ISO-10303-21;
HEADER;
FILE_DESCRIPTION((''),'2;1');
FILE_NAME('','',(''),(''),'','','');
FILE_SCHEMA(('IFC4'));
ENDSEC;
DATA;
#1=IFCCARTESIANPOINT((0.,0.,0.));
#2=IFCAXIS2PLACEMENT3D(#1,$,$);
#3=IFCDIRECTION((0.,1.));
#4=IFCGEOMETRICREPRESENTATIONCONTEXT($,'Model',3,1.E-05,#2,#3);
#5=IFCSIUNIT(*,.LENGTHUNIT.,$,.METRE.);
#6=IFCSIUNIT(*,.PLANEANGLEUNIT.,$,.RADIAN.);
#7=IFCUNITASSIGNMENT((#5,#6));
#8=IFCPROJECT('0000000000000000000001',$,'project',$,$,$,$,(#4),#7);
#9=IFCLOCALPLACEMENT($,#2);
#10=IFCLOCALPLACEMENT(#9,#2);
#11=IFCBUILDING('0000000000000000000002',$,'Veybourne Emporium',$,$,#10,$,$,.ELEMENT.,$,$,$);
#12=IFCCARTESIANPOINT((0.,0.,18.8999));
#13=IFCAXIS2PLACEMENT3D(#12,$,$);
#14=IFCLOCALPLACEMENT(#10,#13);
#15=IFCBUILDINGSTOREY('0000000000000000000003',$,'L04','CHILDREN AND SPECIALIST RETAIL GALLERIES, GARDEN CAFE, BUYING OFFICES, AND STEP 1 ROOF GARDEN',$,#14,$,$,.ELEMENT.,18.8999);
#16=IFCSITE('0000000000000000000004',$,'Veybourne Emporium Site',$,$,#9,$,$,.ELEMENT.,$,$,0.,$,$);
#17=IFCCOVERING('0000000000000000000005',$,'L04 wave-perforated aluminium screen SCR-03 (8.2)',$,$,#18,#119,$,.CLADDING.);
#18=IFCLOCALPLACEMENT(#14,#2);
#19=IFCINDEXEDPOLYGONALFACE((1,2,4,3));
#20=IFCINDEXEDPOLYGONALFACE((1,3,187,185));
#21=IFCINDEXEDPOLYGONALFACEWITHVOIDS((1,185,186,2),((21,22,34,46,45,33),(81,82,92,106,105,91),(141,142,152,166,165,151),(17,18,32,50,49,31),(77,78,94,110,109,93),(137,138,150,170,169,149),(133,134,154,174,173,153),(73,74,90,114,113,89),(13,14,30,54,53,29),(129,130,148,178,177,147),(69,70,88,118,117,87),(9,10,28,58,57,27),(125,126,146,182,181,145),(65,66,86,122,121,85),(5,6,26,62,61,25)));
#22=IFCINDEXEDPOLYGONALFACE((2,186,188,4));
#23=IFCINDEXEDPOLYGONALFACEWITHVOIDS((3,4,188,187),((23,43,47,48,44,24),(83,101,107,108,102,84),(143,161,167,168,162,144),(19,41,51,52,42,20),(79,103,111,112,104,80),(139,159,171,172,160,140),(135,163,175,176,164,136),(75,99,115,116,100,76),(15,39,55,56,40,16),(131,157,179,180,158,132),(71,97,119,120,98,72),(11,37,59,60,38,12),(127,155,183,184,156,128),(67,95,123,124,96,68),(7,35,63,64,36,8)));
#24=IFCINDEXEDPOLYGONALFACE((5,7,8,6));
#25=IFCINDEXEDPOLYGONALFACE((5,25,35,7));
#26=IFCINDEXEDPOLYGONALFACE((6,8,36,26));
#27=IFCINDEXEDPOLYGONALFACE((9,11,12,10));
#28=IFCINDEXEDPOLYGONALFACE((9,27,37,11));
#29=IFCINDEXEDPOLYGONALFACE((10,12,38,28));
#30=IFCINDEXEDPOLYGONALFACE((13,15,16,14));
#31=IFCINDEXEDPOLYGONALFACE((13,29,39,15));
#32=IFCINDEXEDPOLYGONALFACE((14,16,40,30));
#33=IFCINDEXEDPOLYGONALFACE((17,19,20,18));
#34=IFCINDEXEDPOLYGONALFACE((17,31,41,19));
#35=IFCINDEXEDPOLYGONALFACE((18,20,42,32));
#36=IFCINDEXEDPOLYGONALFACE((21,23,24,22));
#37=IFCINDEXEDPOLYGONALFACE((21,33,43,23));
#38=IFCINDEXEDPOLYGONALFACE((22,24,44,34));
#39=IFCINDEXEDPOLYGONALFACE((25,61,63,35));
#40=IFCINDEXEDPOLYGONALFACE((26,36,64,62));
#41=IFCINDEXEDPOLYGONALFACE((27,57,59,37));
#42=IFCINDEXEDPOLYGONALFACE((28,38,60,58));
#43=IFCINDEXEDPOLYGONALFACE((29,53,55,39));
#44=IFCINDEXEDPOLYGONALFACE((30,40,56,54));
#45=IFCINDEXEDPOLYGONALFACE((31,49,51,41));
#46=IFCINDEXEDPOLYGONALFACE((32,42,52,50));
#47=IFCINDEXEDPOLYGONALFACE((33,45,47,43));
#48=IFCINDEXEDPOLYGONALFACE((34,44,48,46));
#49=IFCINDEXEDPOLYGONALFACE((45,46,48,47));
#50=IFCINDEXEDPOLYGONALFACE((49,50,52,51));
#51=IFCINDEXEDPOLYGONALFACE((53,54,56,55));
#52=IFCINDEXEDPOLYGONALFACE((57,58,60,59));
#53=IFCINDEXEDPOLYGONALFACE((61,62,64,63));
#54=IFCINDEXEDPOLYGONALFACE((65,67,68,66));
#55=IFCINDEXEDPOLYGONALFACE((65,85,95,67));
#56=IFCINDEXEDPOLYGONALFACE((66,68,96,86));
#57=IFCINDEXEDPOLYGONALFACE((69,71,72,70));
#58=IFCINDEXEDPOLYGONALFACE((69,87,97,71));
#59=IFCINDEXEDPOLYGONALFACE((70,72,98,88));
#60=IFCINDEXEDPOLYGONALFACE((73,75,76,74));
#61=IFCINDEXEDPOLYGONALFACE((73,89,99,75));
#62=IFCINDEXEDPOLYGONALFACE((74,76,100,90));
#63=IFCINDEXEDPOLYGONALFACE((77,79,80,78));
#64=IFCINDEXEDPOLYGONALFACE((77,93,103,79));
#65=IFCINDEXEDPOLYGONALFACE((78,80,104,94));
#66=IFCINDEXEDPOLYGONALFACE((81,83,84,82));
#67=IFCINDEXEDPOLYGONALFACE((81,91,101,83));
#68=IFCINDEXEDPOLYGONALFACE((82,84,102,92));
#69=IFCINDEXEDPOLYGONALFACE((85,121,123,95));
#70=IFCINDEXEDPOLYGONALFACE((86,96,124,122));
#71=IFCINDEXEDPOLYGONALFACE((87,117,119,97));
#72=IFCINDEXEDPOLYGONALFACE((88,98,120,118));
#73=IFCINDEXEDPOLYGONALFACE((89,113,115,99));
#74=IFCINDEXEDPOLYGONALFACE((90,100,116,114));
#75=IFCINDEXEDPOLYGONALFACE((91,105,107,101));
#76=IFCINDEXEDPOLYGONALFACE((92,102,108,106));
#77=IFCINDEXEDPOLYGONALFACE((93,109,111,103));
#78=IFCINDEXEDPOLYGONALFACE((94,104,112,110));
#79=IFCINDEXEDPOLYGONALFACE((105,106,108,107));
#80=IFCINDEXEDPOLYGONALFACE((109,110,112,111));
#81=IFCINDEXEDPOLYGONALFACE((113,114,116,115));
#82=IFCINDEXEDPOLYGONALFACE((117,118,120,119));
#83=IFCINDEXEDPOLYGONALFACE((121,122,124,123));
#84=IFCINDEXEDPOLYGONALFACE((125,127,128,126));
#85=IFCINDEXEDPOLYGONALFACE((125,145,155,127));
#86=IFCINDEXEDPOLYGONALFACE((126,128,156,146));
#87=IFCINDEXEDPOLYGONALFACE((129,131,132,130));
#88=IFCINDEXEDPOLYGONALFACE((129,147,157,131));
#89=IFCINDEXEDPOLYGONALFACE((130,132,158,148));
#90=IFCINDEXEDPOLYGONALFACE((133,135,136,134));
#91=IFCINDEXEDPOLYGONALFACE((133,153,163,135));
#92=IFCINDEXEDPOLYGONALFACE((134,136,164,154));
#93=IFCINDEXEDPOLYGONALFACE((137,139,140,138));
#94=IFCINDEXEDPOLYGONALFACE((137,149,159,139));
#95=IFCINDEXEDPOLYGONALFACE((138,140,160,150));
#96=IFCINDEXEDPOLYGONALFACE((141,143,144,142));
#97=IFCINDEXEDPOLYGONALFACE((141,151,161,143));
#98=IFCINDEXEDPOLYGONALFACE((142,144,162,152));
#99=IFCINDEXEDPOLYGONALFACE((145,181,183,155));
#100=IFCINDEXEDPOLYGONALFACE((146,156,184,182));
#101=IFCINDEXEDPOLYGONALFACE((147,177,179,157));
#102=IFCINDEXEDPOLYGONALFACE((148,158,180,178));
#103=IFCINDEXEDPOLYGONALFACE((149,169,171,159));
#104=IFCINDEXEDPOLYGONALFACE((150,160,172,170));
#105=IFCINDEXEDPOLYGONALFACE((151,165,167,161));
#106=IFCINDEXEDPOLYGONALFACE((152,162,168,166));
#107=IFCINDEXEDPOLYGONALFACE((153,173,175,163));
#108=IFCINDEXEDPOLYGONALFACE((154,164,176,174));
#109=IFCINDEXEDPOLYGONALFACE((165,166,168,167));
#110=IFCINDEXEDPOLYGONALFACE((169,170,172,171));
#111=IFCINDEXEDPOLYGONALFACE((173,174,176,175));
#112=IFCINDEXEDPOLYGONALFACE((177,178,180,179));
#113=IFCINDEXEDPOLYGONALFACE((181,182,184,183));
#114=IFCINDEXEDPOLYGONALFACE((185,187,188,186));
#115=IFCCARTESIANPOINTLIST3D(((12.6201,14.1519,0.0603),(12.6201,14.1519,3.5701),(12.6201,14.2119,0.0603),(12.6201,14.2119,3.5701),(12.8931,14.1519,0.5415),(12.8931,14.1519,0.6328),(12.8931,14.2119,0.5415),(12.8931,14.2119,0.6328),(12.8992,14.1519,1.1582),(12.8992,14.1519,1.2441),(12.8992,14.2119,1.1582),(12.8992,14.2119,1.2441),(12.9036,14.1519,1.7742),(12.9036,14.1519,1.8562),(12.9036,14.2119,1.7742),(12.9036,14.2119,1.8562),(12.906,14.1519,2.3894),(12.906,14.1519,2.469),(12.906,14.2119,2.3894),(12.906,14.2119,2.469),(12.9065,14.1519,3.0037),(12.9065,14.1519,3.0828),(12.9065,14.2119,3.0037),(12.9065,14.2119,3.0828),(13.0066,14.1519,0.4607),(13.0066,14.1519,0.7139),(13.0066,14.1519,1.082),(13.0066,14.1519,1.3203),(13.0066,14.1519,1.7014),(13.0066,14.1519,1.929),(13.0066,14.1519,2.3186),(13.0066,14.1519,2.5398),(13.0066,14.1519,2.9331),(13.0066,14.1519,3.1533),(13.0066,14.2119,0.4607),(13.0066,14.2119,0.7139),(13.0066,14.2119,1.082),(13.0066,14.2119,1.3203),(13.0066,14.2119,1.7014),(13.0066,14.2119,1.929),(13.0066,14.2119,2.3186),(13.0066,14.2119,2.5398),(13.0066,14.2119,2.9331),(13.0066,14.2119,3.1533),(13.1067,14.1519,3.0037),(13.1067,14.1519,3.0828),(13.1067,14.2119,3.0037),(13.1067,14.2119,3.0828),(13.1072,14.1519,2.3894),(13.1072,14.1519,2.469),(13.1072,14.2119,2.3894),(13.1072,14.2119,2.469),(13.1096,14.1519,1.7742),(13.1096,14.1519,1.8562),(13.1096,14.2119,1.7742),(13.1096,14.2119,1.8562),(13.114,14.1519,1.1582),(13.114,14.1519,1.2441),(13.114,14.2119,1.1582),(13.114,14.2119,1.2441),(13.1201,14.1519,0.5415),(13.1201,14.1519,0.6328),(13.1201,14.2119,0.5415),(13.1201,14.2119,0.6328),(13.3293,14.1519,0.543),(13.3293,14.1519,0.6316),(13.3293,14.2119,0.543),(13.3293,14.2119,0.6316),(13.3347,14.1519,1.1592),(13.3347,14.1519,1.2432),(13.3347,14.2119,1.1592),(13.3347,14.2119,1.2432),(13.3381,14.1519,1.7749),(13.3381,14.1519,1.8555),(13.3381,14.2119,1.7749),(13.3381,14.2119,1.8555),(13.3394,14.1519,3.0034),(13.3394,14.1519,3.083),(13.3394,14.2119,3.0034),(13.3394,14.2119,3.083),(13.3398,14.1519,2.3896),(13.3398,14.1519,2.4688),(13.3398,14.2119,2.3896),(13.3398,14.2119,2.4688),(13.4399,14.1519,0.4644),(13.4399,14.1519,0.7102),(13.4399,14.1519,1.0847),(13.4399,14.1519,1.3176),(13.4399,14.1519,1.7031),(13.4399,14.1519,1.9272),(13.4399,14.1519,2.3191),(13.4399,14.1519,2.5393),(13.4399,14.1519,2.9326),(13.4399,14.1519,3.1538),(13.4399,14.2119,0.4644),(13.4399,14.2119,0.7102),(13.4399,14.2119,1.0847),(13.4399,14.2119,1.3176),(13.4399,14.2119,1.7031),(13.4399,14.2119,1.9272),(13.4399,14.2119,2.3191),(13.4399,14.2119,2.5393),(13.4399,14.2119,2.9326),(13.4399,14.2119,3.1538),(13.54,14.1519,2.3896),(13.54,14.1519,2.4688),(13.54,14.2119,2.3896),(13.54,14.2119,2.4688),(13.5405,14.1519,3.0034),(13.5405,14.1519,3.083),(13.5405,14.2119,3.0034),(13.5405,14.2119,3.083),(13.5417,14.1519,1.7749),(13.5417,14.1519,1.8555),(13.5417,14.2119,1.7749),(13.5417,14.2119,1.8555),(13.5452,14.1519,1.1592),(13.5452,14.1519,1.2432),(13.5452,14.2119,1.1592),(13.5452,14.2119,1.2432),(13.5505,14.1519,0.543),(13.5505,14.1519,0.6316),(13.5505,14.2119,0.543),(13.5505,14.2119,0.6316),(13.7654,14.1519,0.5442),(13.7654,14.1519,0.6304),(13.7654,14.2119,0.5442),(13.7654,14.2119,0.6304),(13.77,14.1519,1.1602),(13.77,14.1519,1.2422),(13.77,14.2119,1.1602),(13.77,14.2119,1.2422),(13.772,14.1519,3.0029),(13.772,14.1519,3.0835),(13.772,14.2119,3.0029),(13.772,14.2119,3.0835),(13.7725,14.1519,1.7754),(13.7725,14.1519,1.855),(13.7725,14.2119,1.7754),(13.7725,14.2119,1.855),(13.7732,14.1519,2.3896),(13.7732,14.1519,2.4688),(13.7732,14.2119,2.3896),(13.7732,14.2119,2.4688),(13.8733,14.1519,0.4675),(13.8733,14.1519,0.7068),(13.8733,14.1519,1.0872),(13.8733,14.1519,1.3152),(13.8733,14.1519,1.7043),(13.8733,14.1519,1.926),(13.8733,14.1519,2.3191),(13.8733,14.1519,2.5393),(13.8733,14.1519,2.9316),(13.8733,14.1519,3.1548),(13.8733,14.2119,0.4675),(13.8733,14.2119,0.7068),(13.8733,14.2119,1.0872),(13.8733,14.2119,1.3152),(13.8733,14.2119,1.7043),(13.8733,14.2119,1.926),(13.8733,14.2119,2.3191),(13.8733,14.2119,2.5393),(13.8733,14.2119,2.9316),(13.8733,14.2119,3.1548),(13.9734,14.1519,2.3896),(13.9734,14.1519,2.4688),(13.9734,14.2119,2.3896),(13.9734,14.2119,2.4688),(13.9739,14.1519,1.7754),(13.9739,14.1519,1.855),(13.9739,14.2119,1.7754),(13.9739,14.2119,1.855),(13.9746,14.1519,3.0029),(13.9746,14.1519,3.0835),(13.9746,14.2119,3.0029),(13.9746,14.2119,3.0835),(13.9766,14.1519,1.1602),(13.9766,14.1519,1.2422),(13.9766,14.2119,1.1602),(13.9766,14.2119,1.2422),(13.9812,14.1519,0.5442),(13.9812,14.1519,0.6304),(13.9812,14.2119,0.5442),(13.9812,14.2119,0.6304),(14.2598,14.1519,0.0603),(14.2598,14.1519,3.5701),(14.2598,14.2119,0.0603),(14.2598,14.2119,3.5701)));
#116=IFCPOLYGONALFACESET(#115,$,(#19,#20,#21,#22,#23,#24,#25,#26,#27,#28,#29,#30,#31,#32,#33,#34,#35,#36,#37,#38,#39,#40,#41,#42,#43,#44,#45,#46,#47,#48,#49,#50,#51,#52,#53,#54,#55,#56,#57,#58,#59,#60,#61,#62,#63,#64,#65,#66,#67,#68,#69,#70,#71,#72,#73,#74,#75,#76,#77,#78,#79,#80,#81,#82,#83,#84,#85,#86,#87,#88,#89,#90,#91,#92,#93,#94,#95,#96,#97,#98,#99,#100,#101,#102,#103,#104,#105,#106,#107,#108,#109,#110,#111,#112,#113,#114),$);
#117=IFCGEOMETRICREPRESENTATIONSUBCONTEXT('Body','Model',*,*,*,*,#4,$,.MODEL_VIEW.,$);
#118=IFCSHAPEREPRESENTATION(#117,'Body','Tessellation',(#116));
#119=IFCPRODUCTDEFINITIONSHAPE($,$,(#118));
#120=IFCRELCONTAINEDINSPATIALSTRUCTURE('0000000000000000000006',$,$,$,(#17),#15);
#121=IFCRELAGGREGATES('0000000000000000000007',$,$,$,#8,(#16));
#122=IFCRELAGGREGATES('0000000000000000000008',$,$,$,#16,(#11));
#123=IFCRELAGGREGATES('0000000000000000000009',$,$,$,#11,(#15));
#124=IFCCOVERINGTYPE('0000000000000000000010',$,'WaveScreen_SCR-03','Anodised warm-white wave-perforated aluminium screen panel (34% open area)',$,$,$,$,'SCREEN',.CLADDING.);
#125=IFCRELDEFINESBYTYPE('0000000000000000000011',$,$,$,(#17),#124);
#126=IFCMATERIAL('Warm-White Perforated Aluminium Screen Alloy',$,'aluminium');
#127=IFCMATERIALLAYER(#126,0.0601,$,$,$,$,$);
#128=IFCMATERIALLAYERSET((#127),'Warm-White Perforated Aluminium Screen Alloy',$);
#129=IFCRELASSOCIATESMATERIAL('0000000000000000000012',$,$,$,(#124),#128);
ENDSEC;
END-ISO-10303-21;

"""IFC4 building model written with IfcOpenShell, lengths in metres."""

from ifc_helpers import new_model, si_unit, direction, frame, origin, place, context, subcontext, project, spatial, polyline, outline, extrude, material, layer, layer_set, type_object, element, save


model = new_model("IFC4")

# Units and contexts
model_context = context("Model", 3, precision=1e-05, world=origin(), true_north=direction((0.0, 1.0)))
body_context = subcontext(model_context, "Body", "Model", "MODEL_VIEW")
ifc_project = project(units=[si_unit("LENGTHUNIT", "METRE"), si_unit("PLANEANGLEUNIT", "RADIAN")], contexts=[model_context])

# Site, building, storey
site_placement = place(None, origin())
site = spatial("IfcSite", under=ifc_project, at=site_placement, Name="Veybourne Emporium Site", CompositionType="ELEMENT", RefElevation=0.0)
building_placement = place(site_placement, origin())
building = spatial("IfcBuilding", under=site, at=building_placement, Name="Veybourne Emporium", CompositionType="ELEMENT")
storey_placement = place(building_placement, frame((0.0, 0.0, 18.8999)))
storey = spatial("IfcBuildingStorey", under=building, at=storey_placement, Name="L04", Description="CHILDREN AND SPECIALIST RETAIL GALLERIES, GARDEN CAFE, BUYING OFFICES, AND STEP 1 ROOF GARDEN", CompositionType="ELEMENT", Elevation=18.8999)

# Covering
ifc_material_1 = material(Name="Warm-White Perforated Aluminium Screen Alloy", Category="aluminium")
ifc_layer_1 = layer(ifc_material_1, 0.0601)
ifc_layer_set_1 = layer_set([ifc_layer_1], Name="Warm-White Perforated Aluminium Screen Alloy")
covering_type_1 = type_object("IfcCoveringType", Name="WaveScreen_SCR-03", Description="Anodised warm-white wave-perforated aluminium screen panel (34% open area)", ElementType="SCREEN", PredefinedType="CLADDING", material=ifc_layer_set_1)
covering_1_placement = place(storey_placement, frame((13.4399, 14.1519, 1.8152), z_axis=(0.0, 1.0, 0.0), x_axis=(-1.0, 0.0, 0.0)))
element("IfcCovering", 1, at=covering_1_placement, inside=storey, type_object=covering_type_1, Name="L04 wave-perforated aluminium screen SCR-03 (8.2)", PredefinedType="CLADDING", context=body_context, shape_type="SweptSolid", body=[
    extrude(outline(polyline([(-0.8198, -1.7549), (0.8198, -1.7549), (0.8198, 1.7549), (-0.8198, 1.7549), (-0.8198, -1.7549)]), holes=[polyline([(-0.4333, -1.1084), (-0.3254, -1.1848), (-0.3254, -1.271), (-0.4333, -1.3477), (-0.5413, -1.271), (-0.5413, -1.1848), (-0.4333, -1.1084)]), polyline([(-0.4333, -0.5), (-0.3301, -0.573), (-0.3301, -0.655), (-0.4333, -0.728), (-0.5366, -0.655), (-0.5366, -0.573), (-0.4333, -0.5)]), polyline([(-0.4333, 0.1108), (-0.3325, 0.0398), (-0.3325, -0.0398), (-0.4333, -0.1108), (-0.5339, -0.0398), (-0.5339, 0.0398), (-0.4333, 0.1108)]), polyline([(-0.4333, 0.7241), (-0.3333, 0.6536), (-0.3333, 0.5745), (-0.4333, 0.5039), (-0.5334, 0.5745), (-0.5334, 0.6536), (-0.4333, 0.7241)]), polyline([(-0.4333, 1.3396), (-0.332, 1.2683), (-0.332, 1.1877), (-0.4333, 1.1165), (-0.5347, 1.1877), (-0.5347, 1.2683), (-0.4333, 1.3396)]), polyline([(0.0, -1.105), (0.1106, -1.1836), (0.1106, -1.2722), (0.0, -1.3508), (-0.1106, -1.2722), (-0.1106, -1.1836), (0.0, -1.105)]), polyline([(0.0, -0.4976), (0.1052, -0.572), (0.1052, -0.656), (0.0, -0.7305), (-0.1052, -0.656), (-0.1052, -0.572), (0.0, -0.4976)]), polyline([(0.0, 0.1121), (0.1018, 0.0403), (0.1018, -0.0403), (0.0, -0.1121), (-0.1018, -0.0403), (-0.1018, 0.0403), (0.0, 0.1121)]), polyline([(0.0, 0.7241), (0.1001, 0.6536), (0.1001, 0.5745), (0.0, 0.5039), (-0.1001, 0.5745), (-0.1001, 0.6536), (0.0, 0.7241)]), polyline([(0.0, 1.3386), (0.1006, 1.2678), (0.1006, 1.1882), (0.0, 1.1174), (-0.1006, 1.1882), (-0.1006, 1.2678), (0.0, 1.3386)]), polyline([(0.4333, -1.1013), (0.5469, -1.1824), (0.5469, -1.2737), (0.4333, -1.3545), (0.3198, -1.2737), (0.3198, -1.1824), (0.4333, -1.1013)]), polyline([(0.4333, -0.4949), (0.5408, -0.571), (0.5408, -0.657), (0.4333, -0.7332), (0.3259, -0.657), (0.3259, -0.571), (0.4333, -0.4949)]), polyline([(0.4333, 0.1138), (0.5364, 0.041), (0.5364, -0.041), (0.4333, -0.1138), (0.3303, -0.041), (0.3303, 0.041), (0.4333, 0.1138)]), polyline([(0.4333, 0.7246), (0.5339, 0.6538), (0.5339, 0.5742), (0.4333, 0.5034), (0.3328, 0.5742), (0.3328, 0.6538), (0.4333, 0.7246)]), polyline([(0.4333, 1.3381), (0.5334, 1.2676), (0.5334, 1.1885), (0.4333, 1.1179), (0.3333, 1.1885), (0.3333, 1.2676), (0.4333, 1.3381)])]), origin(), (0.0, 0.0, 1.0), 0.0601),
])

save(model, "model.ifc")
